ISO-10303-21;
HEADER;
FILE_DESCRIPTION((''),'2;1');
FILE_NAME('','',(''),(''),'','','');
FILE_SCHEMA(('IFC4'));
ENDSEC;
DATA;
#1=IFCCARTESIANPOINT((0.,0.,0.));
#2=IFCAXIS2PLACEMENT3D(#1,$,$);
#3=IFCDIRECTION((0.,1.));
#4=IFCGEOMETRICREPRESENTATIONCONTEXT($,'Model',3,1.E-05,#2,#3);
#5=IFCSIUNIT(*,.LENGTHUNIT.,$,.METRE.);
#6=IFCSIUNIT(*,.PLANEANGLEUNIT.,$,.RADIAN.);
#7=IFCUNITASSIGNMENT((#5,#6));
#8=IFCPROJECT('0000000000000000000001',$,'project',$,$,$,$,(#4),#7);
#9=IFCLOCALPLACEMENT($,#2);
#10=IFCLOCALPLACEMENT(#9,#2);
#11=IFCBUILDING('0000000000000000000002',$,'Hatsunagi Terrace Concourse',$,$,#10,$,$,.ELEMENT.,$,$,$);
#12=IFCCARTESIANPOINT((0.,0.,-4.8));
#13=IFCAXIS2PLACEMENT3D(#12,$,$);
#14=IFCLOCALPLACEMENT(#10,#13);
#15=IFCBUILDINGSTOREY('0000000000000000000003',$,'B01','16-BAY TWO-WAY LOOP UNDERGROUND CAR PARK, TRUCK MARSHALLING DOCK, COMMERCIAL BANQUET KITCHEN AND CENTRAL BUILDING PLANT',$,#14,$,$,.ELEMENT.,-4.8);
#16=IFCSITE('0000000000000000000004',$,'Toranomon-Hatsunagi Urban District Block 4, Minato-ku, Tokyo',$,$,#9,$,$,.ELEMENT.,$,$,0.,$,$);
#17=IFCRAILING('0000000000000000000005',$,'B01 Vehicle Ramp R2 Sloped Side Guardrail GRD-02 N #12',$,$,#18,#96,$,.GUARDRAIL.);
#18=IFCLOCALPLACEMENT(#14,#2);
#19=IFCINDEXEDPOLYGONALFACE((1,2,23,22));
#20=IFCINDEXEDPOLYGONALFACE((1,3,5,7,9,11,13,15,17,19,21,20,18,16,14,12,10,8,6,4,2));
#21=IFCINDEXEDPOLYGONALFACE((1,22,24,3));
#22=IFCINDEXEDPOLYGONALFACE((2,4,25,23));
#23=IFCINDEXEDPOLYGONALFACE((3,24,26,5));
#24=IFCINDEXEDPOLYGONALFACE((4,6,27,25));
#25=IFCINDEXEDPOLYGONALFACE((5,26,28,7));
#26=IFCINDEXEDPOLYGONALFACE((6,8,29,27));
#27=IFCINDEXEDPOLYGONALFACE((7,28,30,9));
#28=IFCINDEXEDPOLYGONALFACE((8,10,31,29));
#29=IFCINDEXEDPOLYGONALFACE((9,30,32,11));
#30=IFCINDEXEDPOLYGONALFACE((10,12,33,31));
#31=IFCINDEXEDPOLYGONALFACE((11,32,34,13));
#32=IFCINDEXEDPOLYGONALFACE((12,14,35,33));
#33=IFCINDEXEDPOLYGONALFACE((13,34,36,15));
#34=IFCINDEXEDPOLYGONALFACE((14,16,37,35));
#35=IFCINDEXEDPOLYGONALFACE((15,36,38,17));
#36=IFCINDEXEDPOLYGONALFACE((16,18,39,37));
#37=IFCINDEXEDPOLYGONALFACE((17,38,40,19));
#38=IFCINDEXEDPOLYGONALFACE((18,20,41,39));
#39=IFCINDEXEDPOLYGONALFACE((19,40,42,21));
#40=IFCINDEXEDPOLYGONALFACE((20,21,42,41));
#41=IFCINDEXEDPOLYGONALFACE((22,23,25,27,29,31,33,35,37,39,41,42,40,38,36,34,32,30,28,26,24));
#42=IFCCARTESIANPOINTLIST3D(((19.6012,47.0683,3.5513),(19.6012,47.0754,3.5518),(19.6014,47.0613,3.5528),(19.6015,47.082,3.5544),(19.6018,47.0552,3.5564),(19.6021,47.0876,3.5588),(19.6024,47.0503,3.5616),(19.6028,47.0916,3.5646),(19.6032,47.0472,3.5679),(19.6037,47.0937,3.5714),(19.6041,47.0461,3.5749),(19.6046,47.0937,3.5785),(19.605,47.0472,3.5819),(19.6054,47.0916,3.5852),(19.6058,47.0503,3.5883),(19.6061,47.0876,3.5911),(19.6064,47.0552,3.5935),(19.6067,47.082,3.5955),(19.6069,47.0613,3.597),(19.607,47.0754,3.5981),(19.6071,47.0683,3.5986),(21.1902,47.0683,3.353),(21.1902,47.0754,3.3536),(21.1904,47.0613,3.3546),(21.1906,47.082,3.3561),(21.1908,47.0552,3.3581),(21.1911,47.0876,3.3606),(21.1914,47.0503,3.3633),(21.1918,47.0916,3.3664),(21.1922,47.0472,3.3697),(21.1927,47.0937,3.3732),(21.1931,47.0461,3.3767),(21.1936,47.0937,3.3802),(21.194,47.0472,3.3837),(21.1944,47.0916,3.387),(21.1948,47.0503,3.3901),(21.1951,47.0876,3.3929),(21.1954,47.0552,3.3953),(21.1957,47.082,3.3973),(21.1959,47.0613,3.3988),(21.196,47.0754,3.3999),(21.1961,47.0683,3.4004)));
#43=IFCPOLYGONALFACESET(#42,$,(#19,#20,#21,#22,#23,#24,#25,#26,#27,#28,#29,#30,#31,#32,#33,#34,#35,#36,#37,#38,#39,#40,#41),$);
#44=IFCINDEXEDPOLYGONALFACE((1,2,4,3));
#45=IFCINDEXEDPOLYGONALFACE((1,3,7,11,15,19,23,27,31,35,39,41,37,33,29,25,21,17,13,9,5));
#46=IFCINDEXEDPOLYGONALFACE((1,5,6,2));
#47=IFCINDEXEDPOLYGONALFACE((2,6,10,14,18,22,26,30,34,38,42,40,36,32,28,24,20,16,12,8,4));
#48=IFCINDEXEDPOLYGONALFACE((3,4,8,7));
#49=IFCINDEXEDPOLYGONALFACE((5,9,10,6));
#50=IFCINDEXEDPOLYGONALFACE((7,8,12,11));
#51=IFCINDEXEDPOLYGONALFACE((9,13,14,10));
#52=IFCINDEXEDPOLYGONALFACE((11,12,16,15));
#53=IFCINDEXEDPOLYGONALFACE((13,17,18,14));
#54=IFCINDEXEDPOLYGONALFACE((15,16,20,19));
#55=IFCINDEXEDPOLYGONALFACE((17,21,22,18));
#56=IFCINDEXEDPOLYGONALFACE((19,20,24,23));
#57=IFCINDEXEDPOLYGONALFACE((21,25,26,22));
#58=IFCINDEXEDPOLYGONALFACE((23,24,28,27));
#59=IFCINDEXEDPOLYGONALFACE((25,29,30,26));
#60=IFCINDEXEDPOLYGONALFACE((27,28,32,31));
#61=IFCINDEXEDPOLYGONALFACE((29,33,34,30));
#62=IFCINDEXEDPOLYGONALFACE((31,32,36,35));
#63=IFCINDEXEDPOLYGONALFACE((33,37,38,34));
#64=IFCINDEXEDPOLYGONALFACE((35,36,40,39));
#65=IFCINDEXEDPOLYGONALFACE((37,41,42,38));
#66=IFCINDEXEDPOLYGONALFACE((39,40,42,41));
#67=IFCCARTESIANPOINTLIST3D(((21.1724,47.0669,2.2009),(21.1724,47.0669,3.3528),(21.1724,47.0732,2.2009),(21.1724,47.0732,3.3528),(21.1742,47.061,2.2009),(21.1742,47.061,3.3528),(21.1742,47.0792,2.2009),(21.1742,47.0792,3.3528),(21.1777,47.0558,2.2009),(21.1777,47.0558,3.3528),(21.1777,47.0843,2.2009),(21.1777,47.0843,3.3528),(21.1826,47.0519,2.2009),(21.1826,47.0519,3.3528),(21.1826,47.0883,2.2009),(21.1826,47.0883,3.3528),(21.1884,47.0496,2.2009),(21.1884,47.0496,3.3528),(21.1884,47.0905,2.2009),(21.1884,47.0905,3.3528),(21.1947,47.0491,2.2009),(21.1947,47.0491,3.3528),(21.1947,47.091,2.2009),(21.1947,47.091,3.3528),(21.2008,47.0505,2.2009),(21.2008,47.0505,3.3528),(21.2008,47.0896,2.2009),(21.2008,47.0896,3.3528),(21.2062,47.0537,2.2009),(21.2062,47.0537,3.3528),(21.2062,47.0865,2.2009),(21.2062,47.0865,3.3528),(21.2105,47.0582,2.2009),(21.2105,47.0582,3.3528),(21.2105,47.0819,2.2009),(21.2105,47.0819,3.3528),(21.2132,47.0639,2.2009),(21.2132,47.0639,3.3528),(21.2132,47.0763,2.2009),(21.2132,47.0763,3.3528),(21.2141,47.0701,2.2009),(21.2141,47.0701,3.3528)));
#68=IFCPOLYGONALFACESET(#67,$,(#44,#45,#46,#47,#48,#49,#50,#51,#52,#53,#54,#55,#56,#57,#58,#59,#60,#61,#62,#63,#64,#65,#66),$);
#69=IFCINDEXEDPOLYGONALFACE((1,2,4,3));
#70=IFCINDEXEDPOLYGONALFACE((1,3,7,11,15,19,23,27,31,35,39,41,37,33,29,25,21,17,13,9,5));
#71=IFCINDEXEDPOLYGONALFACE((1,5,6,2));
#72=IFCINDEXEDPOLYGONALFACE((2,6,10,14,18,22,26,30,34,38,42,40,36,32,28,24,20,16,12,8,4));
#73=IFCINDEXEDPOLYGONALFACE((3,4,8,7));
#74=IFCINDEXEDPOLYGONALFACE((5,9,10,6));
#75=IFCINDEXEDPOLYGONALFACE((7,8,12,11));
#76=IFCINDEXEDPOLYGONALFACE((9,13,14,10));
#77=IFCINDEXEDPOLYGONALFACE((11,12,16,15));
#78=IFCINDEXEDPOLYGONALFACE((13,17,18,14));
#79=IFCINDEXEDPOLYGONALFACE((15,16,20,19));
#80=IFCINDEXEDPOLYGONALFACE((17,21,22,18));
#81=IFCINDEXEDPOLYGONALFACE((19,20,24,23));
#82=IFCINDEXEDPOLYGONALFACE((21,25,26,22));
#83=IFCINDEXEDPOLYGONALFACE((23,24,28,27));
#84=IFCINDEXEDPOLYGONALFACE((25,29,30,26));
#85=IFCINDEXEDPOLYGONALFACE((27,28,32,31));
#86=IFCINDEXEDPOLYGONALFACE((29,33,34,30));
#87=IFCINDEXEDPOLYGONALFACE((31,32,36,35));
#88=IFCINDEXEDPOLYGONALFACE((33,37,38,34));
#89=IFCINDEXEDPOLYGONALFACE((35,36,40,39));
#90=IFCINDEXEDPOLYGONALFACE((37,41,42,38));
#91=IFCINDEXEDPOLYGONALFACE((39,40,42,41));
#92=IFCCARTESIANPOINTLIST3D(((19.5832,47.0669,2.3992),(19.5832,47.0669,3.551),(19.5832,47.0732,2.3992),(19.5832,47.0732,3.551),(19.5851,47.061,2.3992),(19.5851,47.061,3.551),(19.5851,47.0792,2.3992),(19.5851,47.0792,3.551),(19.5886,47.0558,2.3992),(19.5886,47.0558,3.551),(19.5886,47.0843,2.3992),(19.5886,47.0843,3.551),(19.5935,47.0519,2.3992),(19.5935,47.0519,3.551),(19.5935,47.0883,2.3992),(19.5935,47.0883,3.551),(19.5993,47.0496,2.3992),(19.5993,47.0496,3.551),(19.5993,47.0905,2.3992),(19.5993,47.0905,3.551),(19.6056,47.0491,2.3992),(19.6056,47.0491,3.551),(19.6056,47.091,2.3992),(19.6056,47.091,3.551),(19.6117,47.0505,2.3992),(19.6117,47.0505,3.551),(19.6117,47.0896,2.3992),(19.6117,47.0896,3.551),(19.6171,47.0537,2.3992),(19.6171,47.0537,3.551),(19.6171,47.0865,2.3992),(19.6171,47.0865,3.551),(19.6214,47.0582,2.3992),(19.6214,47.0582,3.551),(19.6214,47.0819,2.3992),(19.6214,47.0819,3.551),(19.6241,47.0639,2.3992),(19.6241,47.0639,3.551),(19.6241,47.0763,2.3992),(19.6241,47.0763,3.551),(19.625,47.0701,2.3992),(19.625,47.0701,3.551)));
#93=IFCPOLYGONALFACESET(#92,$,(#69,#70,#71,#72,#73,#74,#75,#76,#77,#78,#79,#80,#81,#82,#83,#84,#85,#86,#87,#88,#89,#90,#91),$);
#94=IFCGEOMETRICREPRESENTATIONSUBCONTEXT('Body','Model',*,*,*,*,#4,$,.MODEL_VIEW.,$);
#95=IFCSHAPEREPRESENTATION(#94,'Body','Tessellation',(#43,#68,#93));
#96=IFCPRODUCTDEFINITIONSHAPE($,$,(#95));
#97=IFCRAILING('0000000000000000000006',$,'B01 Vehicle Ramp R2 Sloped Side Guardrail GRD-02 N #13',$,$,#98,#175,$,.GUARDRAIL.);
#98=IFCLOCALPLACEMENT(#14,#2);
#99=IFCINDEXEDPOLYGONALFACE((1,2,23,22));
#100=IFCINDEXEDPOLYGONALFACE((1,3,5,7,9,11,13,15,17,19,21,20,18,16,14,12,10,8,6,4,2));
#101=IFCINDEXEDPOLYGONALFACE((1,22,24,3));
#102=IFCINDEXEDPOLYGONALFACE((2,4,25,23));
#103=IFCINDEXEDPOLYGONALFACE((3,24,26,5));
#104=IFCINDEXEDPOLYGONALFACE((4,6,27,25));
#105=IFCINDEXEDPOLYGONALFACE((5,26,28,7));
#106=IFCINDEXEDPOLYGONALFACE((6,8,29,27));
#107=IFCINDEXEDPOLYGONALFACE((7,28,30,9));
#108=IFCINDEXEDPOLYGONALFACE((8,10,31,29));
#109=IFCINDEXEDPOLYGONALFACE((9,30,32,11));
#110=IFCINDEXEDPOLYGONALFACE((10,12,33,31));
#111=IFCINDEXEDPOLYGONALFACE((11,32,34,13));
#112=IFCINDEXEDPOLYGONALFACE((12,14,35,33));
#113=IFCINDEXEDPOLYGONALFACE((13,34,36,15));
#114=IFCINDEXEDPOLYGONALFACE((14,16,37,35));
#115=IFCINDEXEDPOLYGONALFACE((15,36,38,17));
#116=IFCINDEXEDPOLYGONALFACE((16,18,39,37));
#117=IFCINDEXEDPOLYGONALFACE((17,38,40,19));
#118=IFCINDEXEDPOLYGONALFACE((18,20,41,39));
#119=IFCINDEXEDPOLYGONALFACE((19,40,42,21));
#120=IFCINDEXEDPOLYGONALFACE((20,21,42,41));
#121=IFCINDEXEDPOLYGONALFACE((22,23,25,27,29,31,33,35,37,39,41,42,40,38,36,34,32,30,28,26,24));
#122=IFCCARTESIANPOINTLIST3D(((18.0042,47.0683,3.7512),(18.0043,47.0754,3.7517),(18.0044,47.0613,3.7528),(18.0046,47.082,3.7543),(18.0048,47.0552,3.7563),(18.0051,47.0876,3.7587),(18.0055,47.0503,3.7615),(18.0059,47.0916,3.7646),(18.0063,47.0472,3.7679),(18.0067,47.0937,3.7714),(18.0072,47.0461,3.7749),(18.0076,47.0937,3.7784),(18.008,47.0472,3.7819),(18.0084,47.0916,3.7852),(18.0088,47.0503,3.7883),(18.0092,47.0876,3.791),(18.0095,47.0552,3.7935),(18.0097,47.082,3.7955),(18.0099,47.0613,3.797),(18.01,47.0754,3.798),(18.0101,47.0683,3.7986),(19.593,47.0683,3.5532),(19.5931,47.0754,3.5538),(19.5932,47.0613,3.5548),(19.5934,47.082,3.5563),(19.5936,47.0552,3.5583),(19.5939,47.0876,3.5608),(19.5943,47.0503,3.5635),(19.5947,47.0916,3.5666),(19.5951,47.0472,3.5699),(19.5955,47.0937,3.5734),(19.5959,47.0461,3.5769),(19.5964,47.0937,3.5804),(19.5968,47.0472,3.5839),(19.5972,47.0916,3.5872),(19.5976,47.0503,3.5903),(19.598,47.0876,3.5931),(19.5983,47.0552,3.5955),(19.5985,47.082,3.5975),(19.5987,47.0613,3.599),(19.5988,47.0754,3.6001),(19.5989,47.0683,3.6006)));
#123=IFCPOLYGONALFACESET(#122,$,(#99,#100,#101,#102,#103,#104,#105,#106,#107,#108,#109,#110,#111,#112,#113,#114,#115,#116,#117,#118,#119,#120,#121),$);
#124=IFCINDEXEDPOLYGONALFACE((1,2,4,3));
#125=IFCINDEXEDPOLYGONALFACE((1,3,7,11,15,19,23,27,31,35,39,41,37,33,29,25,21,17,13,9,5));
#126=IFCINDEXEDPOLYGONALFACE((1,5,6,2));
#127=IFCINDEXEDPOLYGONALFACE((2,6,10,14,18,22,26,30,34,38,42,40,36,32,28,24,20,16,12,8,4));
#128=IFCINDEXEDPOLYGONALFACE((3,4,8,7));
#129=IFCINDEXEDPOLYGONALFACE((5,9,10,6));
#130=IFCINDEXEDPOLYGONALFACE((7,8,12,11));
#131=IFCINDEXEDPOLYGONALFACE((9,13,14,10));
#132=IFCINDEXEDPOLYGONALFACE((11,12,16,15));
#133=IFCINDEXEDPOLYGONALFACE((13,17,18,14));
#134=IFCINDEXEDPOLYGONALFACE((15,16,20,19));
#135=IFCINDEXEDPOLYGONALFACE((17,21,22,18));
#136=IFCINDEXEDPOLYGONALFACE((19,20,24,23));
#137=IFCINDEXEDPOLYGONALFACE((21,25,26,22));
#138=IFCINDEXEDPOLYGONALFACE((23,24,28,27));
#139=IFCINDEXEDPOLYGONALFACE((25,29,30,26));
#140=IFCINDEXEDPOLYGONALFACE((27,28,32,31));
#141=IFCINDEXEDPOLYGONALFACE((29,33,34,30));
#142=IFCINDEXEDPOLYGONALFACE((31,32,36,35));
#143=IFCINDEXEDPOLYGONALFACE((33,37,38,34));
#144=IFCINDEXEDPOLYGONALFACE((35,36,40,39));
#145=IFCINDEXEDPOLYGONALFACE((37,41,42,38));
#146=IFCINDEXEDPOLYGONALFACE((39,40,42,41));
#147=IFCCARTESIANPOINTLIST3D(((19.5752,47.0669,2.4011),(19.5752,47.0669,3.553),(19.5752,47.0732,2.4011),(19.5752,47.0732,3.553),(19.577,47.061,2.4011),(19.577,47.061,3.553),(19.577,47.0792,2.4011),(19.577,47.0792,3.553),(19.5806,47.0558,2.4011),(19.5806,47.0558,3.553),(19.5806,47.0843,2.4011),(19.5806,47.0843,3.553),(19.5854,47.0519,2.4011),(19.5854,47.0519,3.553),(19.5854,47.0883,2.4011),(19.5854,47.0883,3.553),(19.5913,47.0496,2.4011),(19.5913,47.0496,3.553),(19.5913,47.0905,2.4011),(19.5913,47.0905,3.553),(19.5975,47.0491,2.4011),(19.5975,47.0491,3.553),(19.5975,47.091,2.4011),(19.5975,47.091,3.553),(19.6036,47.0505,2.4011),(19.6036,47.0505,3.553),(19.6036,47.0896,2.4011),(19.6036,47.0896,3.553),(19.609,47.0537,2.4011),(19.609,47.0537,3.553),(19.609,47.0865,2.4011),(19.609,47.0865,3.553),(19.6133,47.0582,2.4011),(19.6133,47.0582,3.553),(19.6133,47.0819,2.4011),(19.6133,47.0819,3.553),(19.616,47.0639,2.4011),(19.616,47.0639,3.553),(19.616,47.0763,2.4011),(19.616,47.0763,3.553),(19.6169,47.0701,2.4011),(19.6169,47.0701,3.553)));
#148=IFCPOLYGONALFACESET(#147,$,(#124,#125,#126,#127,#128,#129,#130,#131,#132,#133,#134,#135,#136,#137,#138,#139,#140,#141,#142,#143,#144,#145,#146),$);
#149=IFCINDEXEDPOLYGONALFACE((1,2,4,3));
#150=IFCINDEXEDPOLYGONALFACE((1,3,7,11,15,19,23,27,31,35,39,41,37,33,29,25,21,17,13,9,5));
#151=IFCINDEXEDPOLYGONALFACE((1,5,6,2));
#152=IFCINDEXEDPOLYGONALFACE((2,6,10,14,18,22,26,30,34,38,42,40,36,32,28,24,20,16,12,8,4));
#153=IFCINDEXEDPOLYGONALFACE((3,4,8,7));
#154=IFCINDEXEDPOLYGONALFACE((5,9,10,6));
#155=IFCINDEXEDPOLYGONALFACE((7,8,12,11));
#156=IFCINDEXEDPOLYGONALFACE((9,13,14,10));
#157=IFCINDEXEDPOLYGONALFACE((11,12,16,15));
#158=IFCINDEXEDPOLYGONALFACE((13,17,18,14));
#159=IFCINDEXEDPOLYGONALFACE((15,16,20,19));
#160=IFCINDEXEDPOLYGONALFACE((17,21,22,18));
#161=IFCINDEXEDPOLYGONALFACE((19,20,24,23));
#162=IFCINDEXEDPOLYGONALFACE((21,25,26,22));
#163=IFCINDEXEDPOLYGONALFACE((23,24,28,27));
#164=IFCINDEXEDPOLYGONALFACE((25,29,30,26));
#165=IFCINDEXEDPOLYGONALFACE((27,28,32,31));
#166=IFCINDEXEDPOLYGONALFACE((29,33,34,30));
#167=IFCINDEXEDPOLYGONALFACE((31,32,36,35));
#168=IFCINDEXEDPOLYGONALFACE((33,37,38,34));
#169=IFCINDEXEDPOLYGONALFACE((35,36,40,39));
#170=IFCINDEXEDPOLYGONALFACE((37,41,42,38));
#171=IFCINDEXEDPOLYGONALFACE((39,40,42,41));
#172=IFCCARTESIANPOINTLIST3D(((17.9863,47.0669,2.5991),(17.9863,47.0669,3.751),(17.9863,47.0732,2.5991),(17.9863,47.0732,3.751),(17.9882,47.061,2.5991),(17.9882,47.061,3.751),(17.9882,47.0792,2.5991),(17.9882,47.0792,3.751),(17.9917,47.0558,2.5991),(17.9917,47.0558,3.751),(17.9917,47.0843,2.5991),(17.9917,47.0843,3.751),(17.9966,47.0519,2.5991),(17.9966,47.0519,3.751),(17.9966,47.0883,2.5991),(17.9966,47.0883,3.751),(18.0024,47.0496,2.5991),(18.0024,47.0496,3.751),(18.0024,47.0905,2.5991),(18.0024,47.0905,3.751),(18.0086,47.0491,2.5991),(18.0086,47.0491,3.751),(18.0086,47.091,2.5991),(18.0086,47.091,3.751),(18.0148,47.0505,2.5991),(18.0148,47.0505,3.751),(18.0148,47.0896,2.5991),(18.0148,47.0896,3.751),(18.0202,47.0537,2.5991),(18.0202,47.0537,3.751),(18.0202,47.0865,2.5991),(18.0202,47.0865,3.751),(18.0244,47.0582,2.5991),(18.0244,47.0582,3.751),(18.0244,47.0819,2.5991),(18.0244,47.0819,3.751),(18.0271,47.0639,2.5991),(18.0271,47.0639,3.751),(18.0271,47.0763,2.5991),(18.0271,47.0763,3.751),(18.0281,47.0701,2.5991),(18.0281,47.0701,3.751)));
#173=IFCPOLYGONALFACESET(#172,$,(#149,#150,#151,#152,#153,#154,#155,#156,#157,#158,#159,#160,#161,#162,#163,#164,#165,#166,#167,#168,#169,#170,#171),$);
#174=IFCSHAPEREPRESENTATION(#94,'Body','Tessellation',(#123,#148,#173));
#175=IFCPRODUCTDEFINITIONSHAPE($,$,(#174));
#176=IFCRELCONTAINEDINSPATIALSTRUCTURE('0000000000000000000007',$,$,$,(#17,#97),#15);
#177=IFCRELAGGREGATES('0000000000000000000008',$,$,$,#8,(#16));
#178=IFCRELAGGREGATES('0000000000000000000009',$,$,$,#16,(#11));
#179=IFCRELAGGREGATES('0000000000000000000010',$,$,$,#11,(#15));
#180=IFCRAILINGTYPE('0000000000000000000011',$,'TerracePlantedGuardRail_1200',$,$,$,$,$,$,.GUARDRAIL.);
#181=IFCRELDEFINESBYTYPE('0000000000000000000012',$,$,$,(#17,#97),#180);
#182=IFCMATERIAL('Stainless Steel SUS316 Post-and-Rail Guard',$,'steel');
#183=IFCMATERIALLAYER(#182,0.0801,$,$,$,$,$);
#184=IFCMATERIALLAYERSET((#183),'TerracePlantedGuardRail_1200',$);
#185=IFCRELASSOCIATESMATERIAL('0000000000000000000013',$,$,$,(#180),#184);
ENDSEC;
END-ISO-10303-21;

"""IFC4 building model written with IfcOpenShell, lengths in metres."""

from ifc_helpers import new_model, si_unit, direction, frame, origin, origin_2d, place, context, subcontext, project, spatial, circle, extrude, material, layer, layer_set, type_object, element, save


model = new_model("IFC4")

# Units and contexts
model_context = context("Model", 3, precision=1e-05, world=origin(), true_north=direction((0.0, 1.0)))
body_context = subcontext(model_context, "Body", "Model", "MODEL_VIEW")
ifc_project = project(units=[si_unit("LENGTHUNIT", "METRE"), si_unit("PLANEANGLEUNIT", "RADIAN")], contexts=[model_context])

# Site, building, storey
site_placement = place(None, origin())
site = spatial("IfcSite", under=ifc_project, at=site_placement, Name="Toranomon-Hatsunagi Urban District Block 4, Minato-ku, Tokyo", CompositionType="ELEMENT", RefElevation=0.0)
building_placement = place(site_placement, origin())
building = spatial("IfcBuilding", under=site, at=building_placement, Name="Hatsunagi Terrace Concourse", CompositionType="ELEMENT")
storey_placement = place(building_placement, frame((0.0, 0.0, -4.8)))
storey = spatial("IfcBuildingStorey", under=building, at=storey_placement, Name="B01", Description="16-BAY TWO-WAY LOOP UNDERGROUND CAR PARK, TRUCK MARSHALLING DOCK, COMMERCIAL BANQUET KITCHEN AND CENTRAL BUILDING PLANT", CompositionType="ELEMENT", Elevation=-4.8)

# Railings
ifc_material_1 = material(Name="Stainless Steel SUS316 Post-and-Rail Guard", Category="steel")
ifc_layer_1 = layer(ifc_material_1, 0.0801)
ifc_layer_set_1 = layer_set([ifc_layer_1], Name="TerracePlantedGuardRail_1200")
railing_type = type_object("IfcRailingType", Name="TerracePlantedGuardRail_1200", PredefinedType="GUARDRAIL", material=ifc_layer_set_1)
railing_1_placement = place(storey_placement, frame((21.1931, 47.0701, 2.2009)))
element("IfcRailing", 1, at=railing_1_placement, inside=storey, type_object=railing_type, Name="B01 Vehicle Ramp R2 Sloped Side Guardrail GRD-02 N #12", PredefinedType="GUARDRAIL", context=body_context, shape_type="SweptSolid", body=[
    extrude(circle(Radius=0.0239, at=origin_2d()), frame((0.0, 0.0, 1.1758), z_axis=(-0.992308, 0.0, 0.123791), x_axis=(0.0, -1.0, 0.0)), (0.0, 0.0, 1.0), 1.6013),
    extrude(circle(Radius=0.021, at=origin_2d()), origin(), (0.0, 0.0, 1.0), 1.1519),
    extrude(circle(Radius=0.021, at=origin_2d()), frame((-1.5891, 0.0, 0.1982)), (0.0, 0.0, 1.0), 1.1519),
])
railing_2_placement = place(storey_placement, frame((19.5959, 47.0701, 2.4011)))
element("IfcRailing", 2, at=railing_2_placement, inside=storey, type_object=railing_type, Name="B01 Vehicle Ramp R2 Sloped Side Guardrail GRD-02 N #13", PredefinedType="GUARDRAIL", context=body_context, shape_type="SweptSolid", body=[
    extrude(circle(Radius=0.0239, at=origin_2d()), frame((0.0, 0.0, 1.1758), z_axis=(-0.992325, 0.0, 0.123659), x_axis=(0.0, -1.0, 0.0)), (0.0, 0.0, 1.0), 1.6011),
    extrude(circle(Radius=0.021, at=origin_2d()), origin(), (0.0, 0.0, 1.0), 1.1519),
    extrude(circle(Radius=0.021, at=origin_2d()), frame((-1.5889, 0.0, 0.198)), (0.0, 0.0, 1.0), 1.1519),
])

save(model, "model.ifc")
